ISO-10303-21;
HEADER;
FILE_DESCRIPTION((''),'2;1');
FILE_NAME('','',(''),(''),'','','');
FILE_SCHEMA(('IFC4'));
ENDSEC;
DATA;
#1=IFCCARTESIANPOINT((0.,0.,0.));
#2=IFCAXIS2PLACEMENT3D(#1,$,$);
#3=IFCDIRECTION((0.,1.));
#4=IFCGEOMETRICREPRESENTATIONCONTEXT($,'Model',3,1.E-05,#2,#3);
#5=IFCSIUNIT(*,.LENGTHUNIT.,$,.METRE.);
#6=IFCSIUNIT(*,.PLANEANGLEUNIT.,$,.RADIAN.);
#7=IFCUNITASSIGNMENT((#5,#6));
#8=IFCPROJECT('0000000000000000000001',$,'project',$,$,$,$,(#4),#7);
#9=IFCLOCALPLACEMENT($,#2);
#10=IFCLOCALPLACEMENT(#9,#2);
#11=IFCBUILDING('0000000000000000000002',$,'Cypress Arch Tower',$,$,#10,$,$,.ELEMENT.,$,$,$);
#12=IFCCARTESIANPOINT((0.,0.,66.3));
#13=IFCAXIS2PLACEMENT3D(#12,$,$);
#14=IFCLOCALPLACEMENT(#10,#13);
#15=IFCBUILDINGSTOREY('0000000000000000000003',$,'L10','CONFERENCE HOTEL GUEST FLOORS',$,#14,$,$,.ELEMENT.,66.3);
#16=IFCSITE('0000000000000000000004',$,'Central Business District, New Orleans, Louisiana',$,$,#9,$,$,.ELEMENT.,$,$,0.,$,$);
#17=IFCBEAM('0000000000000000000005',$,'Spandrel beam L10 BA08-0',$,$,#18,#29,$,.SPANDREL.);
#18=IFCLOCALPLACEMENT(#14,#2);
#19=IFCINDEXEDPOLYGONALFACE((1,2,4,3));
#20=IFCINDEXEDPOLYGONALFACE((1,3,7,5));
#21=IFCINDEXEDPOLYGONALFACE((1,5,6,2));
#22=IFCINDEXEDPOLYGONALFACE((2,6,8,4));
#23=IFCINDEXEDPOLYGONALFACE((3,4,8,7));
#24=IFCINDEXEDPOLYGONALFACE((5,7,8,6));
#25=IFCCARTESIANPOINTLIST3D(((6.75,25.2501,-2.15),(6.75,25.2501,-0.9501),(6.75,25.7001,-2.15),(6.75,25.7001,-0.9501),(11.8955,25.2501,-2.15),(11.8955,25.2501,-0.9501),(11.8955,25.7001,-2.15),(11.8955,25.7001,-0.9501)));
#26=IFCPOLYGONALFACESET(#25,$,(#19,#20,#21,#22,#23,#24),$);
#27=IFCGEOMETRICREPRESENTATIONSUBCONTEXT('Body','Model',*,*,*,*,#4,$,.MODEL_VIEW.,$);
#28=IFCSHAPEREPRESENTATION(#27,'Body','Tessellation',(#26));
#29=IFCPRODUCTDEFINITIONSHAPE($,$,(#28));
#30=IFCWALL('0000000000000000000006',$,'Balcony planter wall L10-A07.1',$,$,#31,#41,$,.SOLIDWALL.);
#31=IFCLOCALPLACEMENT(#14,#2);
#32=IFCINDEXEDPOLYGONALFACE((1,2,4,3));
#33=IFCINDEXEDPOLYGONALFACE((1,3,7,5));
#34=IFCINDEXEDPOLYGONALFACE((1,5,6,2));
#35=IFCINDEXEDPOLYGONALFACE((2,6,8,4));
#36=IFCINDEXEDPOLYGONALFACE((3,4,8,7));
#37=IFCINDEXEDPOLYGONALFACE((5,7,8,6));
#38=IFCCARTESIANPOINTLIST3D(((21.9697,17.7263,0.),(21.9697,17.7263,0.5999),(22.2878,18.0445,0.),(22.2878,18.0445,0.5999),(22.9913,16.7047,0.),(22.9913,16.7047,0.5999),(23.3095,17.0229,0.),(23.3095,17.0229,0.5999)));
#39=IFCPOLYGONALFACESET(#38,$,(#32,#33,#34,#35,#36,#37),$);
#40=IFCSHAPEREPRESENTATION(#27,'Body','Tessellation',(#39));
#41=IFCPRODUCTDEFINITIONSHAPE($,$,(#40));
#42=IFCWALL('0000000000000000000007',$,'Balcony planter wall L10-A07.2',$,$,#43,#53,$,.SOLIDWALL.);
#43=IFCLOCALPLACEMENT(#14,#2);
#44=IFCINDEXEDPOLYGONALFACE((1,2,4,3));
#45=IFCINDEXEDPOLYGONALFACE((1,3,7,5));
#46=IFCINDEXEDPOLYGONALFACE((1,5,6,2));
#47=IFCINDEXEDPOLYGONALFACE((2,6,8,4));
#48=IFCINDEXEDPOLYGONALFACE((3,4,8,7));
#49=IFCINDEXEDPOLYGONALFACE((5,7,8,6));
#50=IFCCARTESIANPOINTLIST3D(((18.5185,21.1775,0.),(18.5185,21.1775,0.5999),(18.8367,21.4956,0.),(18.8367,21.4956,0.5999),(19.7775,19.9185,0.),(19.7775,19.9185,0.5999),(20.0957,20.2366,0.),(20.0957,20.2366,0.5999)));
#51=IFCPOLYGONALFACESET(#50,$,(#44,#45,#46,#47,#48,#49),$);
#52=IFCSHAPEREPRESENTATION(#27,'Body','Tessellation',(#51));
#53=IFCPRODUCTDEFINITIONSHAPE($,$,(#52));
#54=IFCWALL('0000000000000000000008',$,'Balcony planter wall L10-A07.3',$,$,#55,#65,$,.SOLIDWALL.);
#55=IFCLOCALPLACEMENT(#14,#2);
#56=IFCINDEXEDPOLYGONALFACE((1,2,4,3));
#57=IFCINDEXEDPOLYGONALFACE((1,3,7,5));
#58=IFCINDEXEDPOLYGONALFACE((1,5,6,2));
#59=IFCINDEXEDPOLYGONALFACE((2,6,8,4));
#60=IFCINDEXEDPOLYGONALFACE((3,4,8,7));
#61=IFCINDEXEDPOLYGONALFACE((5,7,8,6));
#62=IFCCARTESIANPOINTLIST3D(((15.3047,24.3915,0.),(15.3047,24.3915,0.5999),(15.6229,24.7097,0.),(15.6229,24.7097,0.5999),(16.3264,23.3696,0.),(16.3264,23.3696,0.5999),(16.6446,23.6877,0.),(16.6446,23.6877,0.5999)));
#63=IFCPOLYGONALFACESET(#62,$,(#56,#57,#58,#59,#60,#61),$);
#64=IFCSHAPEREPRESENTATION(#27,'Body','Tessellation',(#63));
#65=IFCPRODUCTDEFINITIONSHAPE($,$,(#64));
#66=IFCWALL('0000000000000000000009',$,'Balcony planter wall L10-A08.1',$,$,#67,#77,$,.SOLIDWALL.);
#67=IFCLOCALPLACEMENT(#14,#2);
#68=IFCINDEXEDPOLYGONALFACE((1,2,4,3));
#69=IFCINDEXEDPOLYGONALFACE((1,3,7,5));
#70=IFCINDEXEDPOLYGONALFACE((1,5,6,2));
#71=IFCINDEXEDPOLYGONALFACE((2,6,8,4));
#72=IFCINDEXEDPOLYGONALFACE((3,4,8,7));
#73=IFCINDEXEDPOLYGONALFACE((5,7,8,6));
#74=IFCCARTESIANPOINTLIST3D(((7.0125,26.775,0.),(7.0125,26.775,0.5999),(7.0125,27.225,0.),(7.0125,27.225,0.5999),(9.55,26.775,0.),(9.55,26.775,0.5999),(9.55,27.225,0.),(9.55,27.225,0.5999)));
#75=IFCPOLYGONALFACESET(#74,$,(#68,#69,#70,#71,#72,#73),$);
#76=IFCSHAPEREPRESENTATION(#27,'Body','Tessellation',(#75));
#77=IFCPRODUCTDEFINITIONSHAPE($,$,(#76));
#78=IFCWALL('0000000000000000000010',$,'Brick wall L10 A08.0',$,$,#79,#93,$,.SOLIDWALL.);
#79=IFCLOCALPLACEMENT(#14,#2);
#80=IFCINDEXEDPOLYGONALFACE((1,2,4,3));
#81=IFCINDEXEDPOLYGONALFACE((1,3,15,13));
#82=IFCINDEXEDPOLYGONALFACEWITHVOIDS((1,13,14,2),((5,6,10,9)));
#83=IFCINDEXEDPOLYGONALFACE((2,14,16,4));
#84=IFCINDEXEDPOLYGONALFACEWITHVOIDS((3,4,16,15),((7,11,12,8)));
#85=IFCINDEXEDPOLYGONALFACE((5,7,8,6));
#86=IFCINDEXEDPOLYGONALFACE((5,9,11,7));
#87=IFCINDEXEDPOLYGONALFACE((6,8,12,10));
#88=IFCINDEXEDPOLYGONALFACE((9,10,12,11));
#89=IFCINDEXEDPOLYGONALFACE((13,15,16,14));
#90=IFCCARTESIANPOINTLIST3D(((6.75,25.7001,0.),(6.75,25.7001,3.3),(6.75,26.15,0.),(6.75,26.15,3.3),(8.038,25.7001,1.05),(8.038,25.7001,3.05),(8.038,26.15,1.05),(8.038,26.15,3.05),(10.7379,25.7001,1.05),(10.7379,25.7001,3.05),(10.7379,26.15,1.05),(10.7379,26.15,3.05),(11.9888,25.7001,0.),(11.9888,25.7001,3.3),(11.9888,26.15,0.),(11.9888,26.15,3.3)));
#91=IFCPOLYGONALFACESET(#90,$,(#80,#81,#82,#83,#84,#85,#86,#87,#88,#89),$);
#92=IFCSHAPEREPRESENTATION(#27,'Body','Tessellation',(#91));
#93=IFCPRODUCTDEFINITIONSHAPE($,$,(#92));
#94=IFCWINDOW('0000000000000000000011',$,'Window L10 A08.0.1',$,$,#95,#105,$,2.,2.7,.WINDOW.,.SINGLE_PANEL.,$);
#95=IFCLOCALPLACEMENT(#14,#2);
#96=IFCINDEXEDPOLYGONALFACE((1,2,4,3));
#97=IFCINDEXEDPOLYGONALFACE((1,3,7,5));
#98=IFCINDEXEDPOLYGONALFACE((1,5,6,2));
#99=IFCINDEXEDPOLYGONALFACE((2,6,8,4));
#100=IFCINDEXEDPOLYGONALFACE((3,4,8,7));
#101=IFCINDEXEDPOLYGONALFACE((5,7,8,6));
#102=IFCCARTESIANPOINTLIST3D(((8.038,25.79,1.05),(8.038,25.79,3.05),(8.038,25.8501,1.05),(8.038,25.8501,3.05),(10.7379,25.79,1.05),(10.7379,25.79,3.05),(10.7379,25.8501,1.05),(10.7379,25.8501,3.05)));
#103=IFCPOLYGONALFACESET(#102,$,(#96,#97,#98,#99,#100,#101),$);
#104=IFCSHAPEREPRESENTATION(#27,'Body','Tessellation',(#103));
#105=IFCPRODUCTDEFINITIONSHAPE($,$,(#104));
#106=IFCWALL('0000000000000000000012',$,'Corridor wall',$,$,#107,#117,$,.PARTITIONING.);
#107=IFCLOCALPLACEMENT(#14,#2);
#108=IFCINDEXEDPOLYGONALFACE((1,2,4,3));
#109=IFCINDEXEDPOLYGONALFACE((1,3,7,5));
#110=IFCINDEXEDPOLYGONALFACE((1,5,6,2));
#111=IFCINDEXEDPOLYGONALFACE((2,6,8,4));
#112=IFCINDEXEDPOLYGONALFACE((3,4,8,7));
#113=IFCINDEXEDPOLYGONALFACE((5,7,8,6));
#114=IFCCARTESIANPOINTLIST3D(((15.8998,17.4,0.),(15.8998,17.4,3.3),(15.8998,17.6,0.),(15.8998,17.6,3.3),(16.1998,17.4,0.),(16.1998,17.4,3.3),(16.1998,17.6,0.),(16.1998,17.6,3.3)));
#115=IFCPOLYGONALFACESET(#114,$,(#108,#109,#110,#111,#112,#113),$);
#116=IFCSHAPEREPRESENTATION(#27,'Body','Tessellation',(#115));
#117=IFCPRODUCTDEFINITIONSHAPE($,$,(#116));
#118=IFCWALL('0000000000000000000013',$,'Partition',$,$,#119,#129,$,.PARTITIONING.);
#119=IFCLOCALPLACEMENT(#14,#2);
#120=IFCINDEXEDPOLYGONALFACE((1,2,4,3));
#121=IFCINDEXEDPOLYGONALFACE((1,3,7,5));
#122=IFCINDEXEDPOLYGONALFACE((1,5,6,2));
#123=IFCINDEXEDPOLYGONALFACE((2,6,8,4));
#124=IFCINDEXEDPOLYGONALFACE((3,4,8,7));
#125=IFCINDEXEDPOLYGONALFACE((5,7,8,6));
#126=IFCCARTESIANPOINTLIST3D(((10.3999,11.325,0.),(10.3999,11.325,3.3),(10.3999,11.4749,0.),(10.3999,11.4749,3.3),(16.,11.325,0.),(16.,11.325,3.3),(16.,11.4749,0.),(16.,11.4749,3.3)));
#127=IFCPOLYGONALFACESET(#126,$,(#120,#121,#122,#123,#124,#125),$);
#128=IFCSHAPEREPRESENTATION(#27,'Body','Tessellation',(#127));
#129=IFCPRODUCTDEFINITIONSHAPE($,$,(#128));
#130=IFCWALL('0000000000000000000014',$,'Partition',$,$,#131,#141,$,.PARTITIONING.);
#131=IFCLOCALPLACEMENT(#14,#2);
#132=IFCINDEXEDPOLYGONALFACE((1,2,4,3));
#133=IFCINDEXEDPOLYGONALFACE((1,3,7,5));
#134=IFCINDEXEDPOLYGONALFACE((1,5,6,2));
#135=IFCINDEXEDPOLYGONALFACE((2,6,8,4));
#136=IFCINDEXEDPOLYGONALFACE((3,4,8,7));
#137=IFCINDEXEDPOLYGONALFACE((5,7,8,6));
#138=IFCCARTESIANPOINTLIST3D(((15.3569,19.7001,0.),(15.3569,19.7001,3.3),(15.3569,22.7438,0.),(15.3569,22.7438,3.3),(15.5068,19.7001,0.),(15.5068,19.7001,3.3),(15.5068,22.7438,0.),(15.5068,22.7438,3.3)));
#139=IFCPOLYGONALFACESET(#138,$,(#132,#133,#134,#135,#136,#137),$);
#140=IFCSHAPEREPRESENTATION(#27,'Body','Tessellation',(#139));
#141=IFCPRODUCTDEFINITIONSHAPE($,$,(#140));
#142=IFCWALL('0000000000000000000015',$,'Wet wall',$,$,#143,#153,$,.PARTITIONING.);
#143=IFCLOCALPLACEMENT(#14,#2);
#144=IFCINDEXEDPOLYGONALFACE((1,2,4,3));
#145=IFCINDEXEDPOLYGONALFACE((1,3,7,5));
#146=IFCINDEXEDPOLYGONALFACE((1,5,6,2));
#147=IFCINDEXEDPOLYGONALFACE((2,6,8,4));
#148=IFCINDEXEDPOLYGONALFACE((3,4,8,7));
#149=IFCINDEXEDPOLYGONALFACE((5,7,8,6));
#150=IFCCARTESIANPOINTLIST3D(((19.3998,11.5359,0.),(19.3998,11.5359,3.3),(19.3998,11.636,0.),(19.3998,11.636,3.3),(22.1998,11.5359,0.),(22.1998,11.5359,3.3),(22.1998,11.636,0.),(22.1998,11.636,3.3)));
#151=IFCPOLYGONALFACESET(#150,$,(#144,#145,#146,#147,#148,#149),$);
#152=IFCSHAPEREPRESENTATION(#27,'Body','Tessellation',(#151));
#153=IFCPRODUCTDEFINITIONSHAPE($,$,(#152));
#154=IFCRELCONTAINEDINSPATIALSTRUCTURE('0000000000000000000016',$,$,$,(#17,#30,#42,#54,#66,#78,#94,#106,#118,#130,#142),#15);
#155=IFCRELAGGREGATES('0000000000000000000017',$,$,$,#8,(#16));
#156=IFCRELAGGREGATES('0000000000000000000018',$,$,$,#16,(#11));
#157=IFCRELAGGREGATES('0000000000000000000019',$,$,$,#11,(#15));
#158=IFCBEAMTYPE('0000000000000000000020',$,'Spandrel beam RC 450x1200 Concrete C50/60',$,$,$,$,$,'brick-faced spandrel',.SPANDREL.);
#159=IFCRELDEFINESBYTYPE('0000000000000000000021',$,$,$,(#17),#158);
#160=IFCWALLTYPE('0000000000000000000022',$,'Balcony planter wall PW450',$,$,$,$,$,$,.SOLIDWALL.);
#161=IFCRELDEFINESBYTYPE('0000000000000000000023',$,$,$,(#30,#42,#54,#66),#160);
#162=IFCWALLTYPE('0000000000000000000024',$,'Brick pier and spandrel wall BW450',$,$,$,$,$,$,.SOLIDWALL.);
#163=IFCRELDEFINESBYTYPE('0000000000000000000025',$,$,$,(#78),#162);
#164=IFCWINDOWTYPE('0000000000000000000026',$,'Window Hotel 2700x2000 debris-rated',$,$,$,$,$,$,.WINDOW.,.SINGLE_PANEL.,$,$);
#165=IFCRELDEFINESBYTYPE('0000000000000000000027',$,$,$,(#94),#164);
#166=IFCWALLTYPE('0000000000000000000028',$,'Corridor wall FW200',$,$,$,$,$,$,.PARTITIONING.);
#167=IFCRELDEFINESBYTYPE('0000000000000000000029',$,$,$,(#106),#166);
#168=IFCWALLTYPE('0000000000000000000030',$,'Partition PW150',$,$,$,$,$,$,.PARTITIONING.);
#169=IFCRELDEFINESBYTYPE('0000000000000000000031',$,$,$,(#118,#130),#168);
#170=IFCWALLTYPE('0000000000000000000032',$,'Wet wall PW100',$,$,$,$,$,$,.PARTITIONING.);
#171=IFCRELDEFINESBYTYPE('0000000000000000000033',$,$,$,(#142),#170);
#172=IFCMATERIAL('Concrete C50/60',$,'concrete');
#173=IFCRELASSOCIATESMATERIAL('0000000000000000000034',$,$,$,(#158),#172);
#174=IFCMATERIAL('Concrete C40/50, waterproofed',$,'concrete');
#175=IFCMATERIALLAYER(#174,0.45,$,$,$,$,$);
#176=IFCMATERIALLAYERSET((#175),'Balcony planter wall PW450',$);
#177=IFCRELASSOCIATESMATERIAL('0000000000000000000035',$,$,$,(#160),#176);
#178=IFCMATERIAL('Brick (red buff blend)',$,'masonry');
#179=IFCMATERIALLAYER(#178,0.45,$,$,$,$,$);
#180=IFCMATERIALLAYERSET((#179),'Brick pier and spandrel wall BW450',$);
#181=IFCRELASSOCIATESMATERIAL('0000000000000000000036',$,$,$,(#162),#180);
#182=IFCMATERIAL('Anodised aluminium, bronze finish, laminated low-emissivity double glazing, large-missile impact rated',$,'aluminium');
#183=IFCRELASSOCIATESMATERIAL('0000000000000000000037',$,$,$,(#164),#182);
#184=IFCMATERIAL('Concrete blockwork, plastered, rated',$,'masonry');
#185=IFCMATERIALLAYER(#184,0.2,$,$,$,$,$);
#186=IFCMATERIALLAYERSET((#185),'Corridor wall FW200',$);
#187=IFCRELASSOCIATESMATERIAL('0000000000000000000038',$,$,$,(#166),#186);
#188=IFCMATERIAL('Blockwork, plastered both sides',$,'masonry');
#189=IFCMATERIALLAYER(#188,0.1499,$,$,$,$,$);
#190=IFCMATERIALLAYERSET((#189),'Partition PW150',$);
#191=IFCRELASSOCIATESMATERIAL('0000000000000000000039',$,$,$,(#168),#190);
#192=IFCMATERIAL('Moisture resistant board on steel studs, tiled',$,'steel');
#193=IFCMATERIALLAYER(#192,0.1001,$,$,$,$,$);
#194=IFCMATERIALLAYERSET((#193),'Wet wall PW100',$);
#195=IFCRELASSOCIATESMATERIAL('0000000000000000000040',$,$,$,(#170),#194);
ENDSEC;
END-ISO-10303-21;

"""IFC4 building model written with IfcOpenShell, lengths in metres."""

from ifc_helpers import new_model, si_unit, direction, frame, frame_2d, origin, origin_2d, place, context, subcontext, project, spatial, rectangle, extrude, material, layer, layer_set, material_profile, profile_set, type_object, element, fill, save


model = new_model("IFC4")

# Units and contexts
model_context = context("Model", 3, precision=1e-05, world=origin(), true_north=direction((0.0, 1.0)))
body_context = subcontext(model_context, "Body", "Model", "MODEL_VIEW")
ifc_project = project(units=[si_unit("LENGTHUNIT", "METRE"), si_unit("PLANEANGLEUNIT", "RADIAN")], contexts=[model_context])

# Site, building, storey
site_placement = place(None, origin())
site = spatial("IfcSite", under=ifc_project, at=site_placement, Name="Central Business District, New Orleans, Louisiana", CompositionType="ELEMENT", RefElevation=0.0)
building_placement = place(site_placement, origin())
building = spatial("IfcBuilding", under=site, at=building_placement, Name="Cypress Arch Tower", CompositionType="ELEMENT")
storey_placement = place(building_placement, frame((0.0, 0.0, 66.3)))
storey = spatial("IfcBuildingStorey", under=building, at=storey_placement, Name="L10", Description="CONFERENCE HOTEL GUEST FLOORS", CompositionType="ELEMENT", Elevation=66.3)

# Beam
ifc_material_1 = material(Name="Concrete C50/60", Category="concrete")
ifc_material_profile_1 = material_profile(ifc_material_1, rectangle(XDim=0.45, YDim=1.2, at=origin_2d()), Name="RC 450x1200")
ifc_profile_set_1 = profile_set([ifc_material_profile_1], Name="Concrete C50/60")
beam_type_1 = type_object("IfcBeamType", Name="Spandrel beam RC 450x1200 Concrete C50/60", ElementType="brick-faced spandrel", PredefinedType="SPANDREL", material=ifc_profile_set_1)
beam_1_placement = place(storey_placement, frame((11.8955, 25.4751, -1.55), z_axis=(-1.0, 0.0, 0.0), x_axis=(0.0, -1.0, 0.0)))
element("IfcBeam", 1, at=beam_1_placement, inside=storey, type_object=beam_type_1, Name="Spandrel beam L10 BA08-0", PredefinedType="SPANDREL", context=body_context, shape_type="SweptSolid", body=[
    extrude(rectangle(XDim=0.45, YDim=1.2, at=origin_2d()), origin(), (0.0, 0.0, 1.0), 5.1455),
])

# Walls
ifc_material_2 = material(Name="Concrete C40/50, waterproofed", Category="concrete")
ifc_layer_1 = layer(ifc_material_2, 0.45)
ifc_layer_set_1 = layer_set([ifc_layer_1], Name="Balcony planter wall PW450")
wall_type_1 = type_object("IfcWallType", Name="Balcony planter wall PW450", PredefinedType="SOLIDWALL", material=ifc_layer_set_1)
wall_1_placement = place(storey_placement, frame((23.1504, 16.8638, 0.0), z_axis=(0.0, 0.0, 1.0), x_axis=(-0.707107, 0.707107, 0.0)))
element("IfcWall", 2, at=wall_1_placement, inside=storey, type_object=wall_type_1, Name="Balcony planter wall L10-A07.1", PredefinedType="SOLIDWALL", context=body_context, shape_type="SweptSolid", body=[
    extrude(rectangle(XDim=1.4448, YDim=0.45, at=frame_2d((0.7224, 0.0))), origin(), (0.0, 0.0, 1.0), 0.5999),
])
wall_2_placement = place(storey_placement, frame((19.9365, 20.0776, 0.0), z_axis=(0.0, 0.0, 1.0), x_axis=(-0.707107, 0.707107, 0.0)))
element("IfcWall", 3, at=wall_2_placement, inside=storey, type_object=wall_type_1, Name="Balcony planter wall L10-A07.2", PredefinedType="SOLIDWALL", context=body_context, shape_type="SweptSolid", body=[
    extrude(rectangle(XDim=1.7805, YDim=0.45, at=frame_2d((0.8901, 0.0))), origin(), (0.0, 0.0, 1.0), 0.5999),
])
wall_3_placement = place(storey_placement, frame((16.4856, 23.5286, 0.0), z_axis=(0.0, 0.0, 1.0), x_axis=(-0.707022, 0.707191, 0.0)))
element("IfcWall", 4, at=wall_3_placement, inside=storey, type_object=wall_type_1, Name="Balcony planter wall L10-A07.3", PredefinedType="SOLIDWALL", context=body_context, shape_type="SweptSolid", body=[
    extrude(rectangle(XDim=1.4451, YDim=0.45, at=frame_2d((0.7227, 0.0))), origin(), (0.0, 0.0, 1.0), 0.5999),
])
wall_4_placement = place(storey_placement, frame((9.55, 27.0, 0.0), z_axis=(0.0, 0.0, 1.0), x_axis=(-1.0, 0.0, 0.0)))
element("IfcWall", 5, at=wall_4_placement, inside=storey, type_object=wall_type_1, Name="Balcony planter wall L10-A08.1", PredefinedType="SOLIDWALL", context=body_context, shape_type="SweptSolid", body=[
    extrude(rectangle(XDim=2.5376, YDim=0.45, at=frame_2d((1.2688, 0.0))), origin(), (0.0, 0.0, 1.0), 0.5999),
])

# Shared definitions
ifc_material_3 = material(Name="Brick (red buff blend)", Category="masonry")
ifc_layer_2 = layer(ifc_material_3, 0.45)
ifc_layer_set_2 = layer_set([ifc_layer_2], Name="Brick pier and spandrel wall BW450")
wall_type_2 = type_object("IfcWallType", Name="Brick pier and spandrel wall BW450", PredefinedType="SOLIDWALL", material=ifc_layer_set_2)
ifc_material_4 = material(Name="Anodised aluminium, bronze finish, laminated low-emissivity double glazing, large-missile impact rated", Category="aluminium")
window_type = type_object("IfcWindowType", Name="Window Hotel 2700x2000 debris-rated", PartitioningType="SINGLE_PANEL", PredefinedType="WINDOW", material=ifc_material_4)

# Wall, opening, window
wall_5_placement = place(storey_placement, frame((11.9888, 25.925, 0.0), z_axis=(0.0, 0.0, 1.0), x_axis=(-1.0, 0.0, 0.0)))
wall_5 = element("IfcWall", 6, at=wall_5_placement, inside=storey, type_object=wall_type_2, Name="Brick wall L10 A08.0", PredefinedType="SOLIDWALL", context=body_context, shape_type="SweptSolid", body=[
    extrude(rectangle(XDim=5.2388, YDim=0.45, at=frame_2d((2.6194, 0.0))), origin(), (0.0, 0.0, 1.0), 3.3),
])
opening_1_placement = place(wall_5_placement, frame((1.2507, 0.0, 1.05)))
opening_1 = element("IfcOpeningElement", 7, at=opening_1_placement, cuts=wall_5, PredefinedType="OPENING", context=body_context, shape_type="SweptSolid", body=[
    extrude(rectangle(XDim=2.7, YDim=2.0, at=frame_2d((1.3501, 1.0))), frame((0.0, 0.2349, 0.0), z_axis=(0.0, -1.0, 0.0), x_axis=(1.0, 0.0, 0.0)), (0.0, 0.0, 1.0), 0.47),
])
window_1_placement = place(opening_1_placement, origin())
window_1 = element("IfcWindow", 8, at=window_1_placement, inside=storey, type_object=window_type, Name="Window L10 A08.0.1", OverallHeight=2.0, OverallWidth=2.7, PartitioningType="SINGLE_PANEL", PredefinedType="WINDOW", context=body_context, shape_type="SweptSolid", body=[
    extrude(rectangle(XDim=2.7, YDim=2.0, at=frame_2d((1.3501, 1.0))), frame((0.0, 0.135, 0.0), z_axis=(0.0, -1.0, 0.0), x_axis=(1.0, 0.0, 0.0)), (0.0, 0.0, 1.0), 0.0601),
])
fill(opening_1, window_1)

# Walls
ifc_material_5 = material(Name="Concrete blockwork, plastered, rated", Category="masonry")
ifc_layer_3 = layer(ifc_material_5, 0.2)
ifc_layer_set_3 = layer_set([ifc_layer_3], Name="Corridor wall FW200")
wall_type_3 = type_object("IfcWallType", Name="Corridor wall FW200", PredefinedType="PARTITIONING", material=ifc_layer_set_3)
wall_6_placement = place(storey_placement, frame((15.8999, 17.5, 0.0), z_axis=(0.0, 0.0, 1.0), x_axis=(1.0, 0.0, 0.0)))
element("IfcWall", 9, at=wall_6_placement, inside=storey, type_object=wall_type_3, Name="Corridor wall", PredefinedType="PARTITIONING", context=body_context, shape_type="SweptSolid", body=[
    extrude(rectangle(XDim=0.3, YDim=0.2, at=frame_2d((0.1499, 0.0))), origin(), (0.0, 0.0, 1.0), 3.3),
])
ifc_material_6 = material(Name="Blockwork, plastered both sides", Category="masonry")
ifc_layer_4 = layer(ifc_material_6, 0.1499)
ifc_layer_set_4 = layer_set([ifc_layer_4], Name="Partition PW150")
wall_type_4 = type_object("IfcWallType", Name="Partition PW150", PredefinedType="PARTITIONING", material=ifc_layer_set_4)
wall_7_placement = place(storey_placement, frame((10.3999, 11.3999, 0.0), z_axis=(0.0, 0.0, 1.0), x_axis=(1.0, 0.0, 0.0)))
element("IfcWall", 10, at=wall_7_placement, inside=storey, type_object=wall_type_4, Name="Partition", PredefinedType="PARTITIONING", context=body_context, shape_type="SweptSolid", body=[
    extrude(rectangle(XDim=5.6001, YDim=0.1499, at=frame_2d((2.8, 0.0))), origin(), (0.0, 0.0, 1.0), 3.3),
])
wall_8_placement = place(storey_placement, frame((15.4319, 19.7, 0.0), z_axis=(0.0, 0.0, 1.0), x_axis=(0.0, 1.0, 0.0)))
element("IfcWall", 11, at=wall_8_placement, inside=storey, type_object=wall_type_4, Name="Partition", PredefinedType="PARTITIONING", context=body_context, shape_type="SweptSolid", body=[
    extrude(rectangle(XDim=3.0437, YDim=0.1499, at=frame_2d((1.522, 0.0))), origin(), (0.0, 0.0, 1.0), 3.3),
])
ifc_material_7 = material(Name="Moisture resistant board on steel studs, tiled", Category="steel")
ifc_layer_5 = layer(ifc_material_7, 0.1001)
ifc_layer_set_5 = layer_set([ifc_layer_5], Name="Wet wall PW100")
wall_type_5 = type_object("IfcWallType", Name="Wet wall PW100", PredefinedType="PARTITIONING", material=ifc_layer_set_5)
wall_9_placement = place(storey_placement, frame((19.3999, 11.5859, 0.0), z_axis=(0.0, 0.0, 1.0), x_axis=(1.0, 0.0, 0.0)))
element("IfcWall", 12, at=wall_9_placement, inside=storey, type_object=wall_type_5, Name="Wet wall", PredefinedType="PARTITIONING", context=body_context, shape_type="SweptSolid", body=[
    extrude(rectangle(XDim=2.8, YDim=0.1001, at=frame_2d((1.3999, 0.0))), origin(), (0.0, 0.0, 1.0), 3.3),
])

save(model, "model.ifc")
